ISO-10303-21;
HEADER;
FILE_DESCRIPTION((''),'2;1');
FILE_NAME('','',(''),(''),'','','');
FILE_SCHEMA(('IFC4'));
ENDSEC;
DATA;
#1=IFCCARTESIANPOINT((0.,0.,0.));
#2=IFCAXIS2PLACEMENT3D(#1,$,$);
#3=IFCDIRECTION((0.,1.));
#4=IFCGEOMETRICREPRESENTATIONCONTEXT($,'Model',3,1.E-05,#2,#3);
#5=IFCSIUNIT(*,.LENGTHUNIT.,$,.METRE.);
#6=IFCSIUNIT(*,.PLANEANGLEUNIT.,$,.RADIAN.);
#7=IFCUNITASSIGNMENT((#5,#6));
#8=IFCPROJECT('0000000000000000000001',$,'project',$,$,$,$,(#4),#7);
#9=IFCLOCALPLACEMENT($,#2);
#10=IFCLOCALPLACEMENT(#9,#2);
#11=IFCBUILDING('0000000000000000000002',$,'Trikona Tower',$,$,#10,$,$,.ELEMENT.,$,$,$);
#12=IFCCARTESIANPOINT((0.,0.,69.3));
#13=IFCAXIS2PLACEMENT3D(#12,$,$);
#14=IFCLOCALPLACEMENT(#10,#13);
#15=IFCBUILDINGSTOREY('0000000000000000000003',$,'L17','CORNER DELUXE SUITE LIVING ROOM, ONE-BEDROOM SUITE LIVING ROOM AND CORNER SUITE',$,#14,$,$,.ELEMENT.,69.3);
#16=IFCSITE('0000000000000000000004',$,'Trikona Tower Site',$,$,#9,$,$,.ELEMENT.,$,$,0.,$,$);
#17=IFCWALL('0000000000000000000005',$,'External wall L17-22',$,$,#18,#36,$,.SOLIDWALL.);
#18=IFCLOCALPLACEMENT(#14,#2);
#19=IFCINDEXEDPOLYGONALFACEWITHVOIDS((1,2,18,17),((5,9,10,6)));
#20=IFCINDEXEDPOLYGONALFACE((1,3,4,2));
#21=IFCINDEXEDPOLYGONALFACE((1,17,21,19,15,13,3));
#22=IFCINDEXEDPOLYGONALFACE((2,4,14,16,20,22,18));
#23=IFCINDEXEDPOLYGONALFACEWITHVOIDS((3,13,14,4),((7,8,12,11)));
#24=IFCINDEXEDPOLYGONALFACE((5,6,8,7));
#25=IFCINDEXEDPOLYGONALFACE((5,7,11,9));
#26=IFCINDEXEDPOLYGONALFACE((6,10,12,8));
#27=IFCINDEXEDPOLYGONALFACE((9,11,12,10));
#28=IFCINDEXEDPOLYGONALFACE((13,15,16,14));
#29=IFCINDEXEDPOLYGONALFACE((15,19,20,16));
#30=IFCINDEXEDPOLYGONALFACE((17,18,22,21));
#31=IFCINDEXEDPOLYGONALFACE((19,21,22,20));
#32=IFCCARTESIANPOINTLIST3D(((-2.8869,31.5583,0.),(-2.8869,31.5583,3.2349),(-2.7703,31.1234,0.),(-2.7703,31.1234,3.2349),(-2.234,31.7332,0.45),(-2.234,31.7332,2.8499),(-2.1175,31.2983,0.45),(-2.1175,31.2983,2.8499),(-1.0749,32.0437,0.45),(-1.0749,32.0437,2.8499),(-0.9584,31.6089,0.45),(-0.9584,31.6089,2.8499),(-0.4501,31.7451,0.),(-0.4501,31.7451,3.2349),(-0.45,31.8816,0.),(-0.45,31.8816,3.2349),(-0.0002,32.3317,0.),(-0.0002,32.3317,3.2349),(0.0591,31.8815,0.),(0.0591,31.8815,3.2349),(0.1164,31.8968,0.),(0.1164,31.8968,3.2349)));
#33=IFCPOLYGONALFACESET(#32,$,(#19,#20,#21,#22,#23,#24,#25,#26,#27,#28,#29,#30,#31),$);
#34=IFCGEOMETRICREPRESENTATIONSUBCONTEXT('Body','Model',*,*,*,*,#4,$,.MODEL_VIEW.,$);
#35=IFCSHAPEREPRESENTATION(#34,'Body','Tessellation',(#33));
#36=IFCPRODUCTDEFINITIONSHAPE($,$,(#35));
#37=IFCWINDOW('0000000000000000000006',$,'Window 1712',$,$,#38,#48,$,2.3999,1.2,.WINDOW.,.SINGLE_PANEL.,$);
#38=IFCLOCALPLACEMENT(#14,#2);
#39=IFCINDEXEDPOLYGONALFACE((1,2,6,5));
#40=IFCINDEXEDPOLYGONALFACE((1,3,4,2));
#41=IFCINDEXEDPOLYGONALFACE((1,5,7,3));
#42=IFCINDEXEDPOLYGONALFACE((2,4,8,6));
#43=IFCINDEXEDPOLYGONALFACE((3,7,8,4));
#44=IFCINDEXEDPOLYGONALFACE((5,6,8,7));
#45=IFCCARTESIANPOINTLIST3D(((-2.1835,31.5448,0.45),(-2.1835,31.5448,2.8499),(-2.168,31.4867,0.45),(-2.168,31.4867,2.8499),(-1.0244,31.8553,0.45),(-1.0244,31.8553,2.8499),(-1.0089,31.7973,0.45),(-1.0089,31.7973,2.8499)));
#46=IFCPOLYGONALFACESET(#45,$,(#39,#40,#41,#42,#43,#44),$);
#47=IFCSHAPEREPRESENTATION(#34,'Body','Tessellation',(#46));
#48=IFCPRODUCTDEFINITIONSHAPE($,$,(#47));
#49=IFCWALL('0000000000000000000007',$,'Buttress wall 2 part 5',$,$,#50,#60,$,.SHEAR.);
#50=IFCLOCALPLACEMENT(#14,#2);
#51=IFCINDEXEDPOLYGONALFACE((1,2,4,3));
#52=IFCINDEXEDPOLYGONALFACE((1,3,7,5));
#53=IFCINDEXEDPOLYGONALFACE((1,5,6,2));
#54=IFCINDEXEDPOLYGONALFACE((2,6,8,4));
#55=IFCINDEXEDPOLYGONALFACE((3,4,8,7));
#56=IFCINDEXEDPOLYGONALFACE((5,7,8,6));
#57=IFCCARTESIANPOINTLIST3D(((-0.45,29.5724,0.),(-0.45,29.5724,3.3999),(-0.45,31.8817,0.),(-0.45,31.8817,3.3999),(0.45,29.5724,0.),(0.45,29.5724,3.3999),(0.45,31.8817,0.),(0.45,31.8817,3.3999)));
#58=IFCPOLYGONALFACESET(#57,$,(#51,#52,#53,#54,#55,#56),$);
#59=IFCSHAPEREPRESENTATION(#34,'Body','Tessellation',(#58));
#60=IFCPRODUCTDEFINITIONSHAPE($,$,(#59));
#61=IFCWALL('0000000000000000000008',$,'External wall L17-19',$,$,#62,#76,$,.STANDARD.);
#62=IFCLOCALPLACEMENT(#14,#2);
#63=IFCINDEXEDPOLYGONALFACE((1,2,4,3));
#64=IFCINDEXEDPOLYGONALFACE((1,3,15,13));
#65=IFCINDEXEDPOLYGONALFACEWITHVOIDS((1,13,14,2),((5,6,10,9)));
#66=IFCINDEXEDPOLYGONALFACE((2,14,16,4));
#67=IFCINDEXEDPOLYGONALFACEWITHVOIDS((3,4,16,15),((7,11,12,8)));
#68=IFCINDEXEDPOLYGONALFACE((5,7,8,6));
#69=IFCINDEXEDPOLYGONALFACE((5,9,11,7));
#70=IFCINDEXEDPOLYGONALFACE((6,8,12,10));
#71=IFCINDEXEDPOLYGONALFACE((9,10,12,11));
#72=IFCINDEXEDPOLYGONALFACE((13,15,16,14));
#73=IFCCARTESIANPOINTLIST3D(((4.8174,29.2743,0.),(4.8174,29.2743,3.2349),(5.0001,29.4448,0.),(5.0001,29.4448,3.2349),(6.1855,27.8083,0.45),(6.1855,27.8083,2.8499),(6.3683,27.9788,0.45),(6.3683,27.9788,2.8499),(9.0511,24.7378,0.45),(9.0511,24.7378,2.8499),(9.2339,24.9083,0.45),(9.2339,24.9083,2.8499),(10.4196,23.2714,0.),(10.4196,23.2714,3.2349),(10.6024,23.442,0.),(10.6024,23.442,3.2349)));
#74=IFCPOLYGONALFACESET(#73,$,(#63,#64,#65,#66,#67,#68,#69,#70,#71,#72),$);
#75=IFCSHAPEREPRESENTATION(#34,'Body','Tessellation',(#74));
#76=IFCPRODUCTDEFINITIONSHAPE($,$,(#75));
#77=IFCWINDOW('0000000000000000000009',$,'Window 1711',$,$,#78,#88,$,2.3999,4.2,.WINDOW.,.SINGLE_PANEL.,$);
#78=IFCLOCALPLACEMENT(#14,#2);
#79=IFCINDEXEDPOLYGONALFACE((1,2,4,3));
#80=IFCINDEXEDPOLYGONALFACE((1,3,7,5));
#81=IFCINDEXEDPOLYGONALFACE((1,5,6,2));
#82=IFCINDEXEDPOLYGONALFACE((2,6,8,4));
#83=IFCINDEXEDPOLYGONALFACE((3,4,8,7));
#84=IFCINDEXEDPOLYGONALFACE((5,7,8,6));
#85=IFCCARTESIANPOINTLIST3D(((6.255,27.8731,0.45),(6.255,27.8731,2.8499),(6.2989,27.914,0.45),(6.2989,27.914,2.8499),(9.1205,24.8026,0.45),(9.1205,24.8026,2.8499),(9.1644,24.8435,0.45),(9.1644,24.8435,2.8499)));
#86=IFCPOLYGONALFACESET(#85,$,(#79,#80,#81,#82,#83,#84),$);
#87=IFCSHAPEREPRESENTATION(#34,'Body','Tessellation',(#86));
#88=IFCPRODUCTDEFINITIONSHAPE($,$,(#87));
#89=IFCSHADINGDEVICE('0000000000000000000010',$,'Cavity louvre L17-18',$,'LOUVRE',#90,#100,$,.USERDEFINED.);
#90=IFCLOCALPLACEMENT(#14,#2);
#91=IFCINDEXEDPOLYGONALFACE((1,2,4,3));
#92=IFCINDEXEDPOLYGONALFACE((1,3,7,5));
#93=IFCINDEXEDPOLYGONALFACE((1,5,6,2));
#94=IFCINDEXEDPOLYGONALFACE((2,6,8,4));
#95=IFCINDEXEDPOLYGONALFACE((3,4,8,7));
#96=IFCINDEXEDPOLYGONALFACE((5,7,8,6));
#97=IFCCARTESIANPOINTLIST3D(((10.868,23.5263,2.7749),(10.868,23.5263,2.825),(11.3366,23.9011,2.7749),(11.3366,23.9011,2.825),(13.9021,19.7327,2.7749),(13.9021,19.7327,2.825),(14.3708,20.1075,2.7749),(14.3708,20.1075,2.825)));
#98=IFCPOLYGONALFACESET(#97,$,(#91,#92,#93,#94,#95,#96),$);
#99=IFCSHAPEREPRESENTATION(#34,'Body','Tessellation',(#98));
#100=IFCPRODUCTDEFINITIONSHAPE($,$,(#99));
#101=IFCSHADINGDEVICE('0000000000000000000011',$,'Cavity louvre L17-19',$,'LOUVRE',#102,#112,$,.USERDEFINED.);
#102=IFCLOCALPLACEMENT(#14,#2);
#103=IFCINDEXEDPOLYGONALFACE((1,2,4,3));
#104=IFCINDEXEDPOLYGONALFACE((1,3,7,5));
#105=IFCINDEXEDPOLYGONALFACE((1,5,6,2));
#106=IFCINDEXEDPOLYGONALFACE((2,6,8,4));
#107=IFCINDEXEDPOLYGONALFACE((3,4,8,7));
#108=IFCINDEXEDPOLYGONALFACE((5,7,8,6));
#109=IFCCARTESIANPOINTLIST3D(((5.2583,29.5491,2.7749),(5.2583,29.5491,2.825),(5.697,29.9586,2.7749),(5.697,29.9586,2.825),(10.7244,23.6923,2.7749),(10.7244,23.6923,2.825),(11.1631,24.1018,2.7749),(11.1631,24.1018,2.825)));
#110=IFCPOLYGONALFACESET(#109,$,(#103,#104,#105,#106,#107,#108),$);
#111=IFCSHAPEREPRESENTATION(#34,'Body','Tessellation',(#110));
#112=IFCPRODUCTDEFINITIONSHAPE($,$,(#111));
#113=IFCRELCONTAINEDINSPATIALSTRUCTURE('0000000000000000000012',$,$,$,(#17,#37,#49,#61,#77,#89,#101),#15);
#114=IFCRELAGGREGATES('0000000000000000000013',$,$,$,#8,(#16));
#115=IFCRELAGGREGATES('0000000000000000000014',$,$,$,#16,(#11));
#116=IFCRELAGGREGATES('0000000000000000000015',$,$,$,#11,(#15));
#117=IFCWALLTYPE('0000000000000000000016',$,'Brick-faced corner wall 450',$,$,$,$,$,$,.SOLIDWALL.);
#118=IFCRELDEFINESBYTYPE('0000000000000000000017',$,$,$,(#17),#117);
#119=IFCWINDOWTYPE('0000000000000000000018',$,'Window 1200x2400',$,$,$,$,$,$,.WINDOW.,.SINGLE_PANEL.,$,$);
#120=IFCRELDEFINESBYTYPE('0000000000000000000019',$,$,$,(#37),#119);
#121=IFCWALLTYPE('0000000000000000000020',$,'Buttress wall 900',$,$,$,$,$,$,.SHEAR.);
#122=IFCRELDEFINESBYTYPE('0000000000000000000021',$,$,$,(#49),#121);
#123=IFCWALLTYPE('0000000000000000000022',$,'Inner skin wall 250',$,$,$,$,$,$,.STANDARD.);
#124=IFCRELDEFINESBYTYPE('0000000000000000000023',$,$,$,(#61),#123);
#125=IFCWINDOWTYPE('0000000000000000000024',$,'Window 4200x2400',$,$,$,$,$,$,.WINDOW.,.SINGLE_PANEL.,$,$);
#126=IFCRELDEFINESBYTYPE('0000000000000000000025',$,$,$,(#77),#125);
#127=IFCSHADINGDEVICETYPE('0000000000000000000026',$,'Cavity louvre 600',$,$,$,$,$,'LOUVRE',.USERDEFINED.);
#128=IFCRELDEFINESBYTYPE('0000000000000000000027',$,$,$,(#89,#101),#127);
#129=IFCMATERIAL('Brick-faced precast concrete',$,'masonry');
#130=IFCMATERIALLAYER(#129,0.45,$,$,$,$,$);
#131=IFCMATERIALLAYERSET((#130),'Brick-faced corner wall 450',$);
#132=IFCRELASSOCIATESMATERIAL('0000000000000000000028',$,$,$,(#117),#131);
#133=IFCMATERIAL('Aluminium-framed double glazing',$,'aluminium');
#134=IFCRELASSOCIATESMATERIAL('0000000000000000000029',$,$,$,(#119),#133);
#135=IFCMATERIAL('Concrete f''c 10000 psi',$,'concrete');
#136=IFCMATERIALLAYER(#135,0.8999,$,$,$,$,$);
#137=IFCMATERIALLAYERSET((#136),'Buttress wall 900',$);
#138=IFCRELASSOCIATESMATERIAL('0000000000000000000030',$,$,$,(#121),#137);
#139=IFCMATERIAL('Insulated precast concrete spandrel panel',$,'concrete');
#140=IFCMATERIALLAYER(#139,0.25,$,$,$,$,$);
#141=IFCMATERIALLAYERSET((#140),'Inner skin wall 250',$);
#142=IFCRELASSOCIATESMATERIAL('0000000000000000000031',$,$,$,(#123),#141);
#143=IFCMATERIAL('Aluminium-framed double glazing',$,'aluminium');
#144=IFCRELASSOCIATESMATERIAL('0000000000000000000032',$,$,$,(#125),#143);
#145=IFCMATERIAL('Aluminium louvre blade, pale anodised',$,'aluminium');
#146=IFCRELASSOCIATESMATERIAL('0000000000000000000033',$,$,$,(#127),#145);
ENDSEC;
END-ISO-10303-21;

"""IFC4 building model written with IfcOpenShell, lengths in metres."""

from ifc_helpers import new_model, si_unit, direction, frame, frame_2d, origin, origin_2d, place, context, subcontext, project, spatial, polyline, rectangle, outline, extrude, material, layer, layer_set, type_object, element, fill, save


model = new_model("IFC4")

# Units and contexts
model_context = context("Model", 3, precision=1e-05, world=origin(), true_north=direction((0.0, 1.0)))
body_context = subcontext(model_context, "Body", "Model", "MODEL_VIEW")
ifc_project = project(units=[si_unit("LENGTHUNIT", "METRE"), si_unit("PLANEANGLEUNIT", "RADIAN")], contexts=[model_context])

# Site, building, storey
site_placement = place(None, origin())
site = spatial("IfcSite", under=ifc_project, at=site_placement, Name="Trikona Tower Site", CompositionType="ELEMENT", RefElevation=0.0)
building_placement = place(site_placement, origin())
building = spatial("IfcBuilding", under=site, at=building_placement, Name="Trikona Tower", CompositionType="ELEMENT")
storey_placement = place(building_placement, frame((0.0, 0.0, 69.3)))
storey = spatial("IfcBuildingStorey", under=building, at=storey_placement, Name="L17", Description="CORNER DELUXE SUITE LIVING ROOM, ONE-BEDROOM SUITE LIVING ROOM AND CORNER SUITE", CompositionType="ELEMENT", Elevation=69.3)

# Wall, opening, window
ifc_material_1 = material(Name="Brick-faced precast concrete", Category="masonry")
ifc_layer_1 = layer(ifc_material_1, 0.45)
ifc_layer_set_1 = layer_set([ifc_layer_1], Name="Brick-faced corner wall 450")
wall_type_1 = type_object("IfcWallType", Name="Brick-faced corner wall 450", PredefinedType="SOLIDWALL", material=ifc_layer_set_1)
ifc_material_2 = material(Name="Aluminium-framed double glazing", Category="aluminium")
window_type_1 = type_object("IfcWindowType", Name="Window 1200x2400", PartitioningType="SINGLE_PANEL", PredefinedType="WINDOW", material=ifc_material_2)
wall_1_placement = place(storey_placement, frame((0.0581, 32.1143, 0.0), z_axis=(0.0, 0.0, 1.0), x_axis=(-0.965931, -0.258801, 0.0)))
wall_1 = element("IfcWall", 1, at=wall_1_placement, inside=storey, type_object=wall_type_1, Name="External wall L17-22", PredefinedType="SOLIDWALL", context=body_context, shape_type="SweptSolid", body=[
    extrude(outline(polyline([(2.9885, 0.2251), (0.5864, 0.2251), (0.551, 0.0933), (0.0593, 0.2251), (0.0, 0.2251), (0.0, -0.2251), (2.9885, -0.2251), (2.9885, 0.2251)])), origin(), (0.0, 0.0, 1.0), 3.2349),
])
opening_1_placement = place(wall_1_placement, frame((1.1125, 0.0, 0.45)))
opening_1 = element("IfcOpeningElement", 2, at=opening_1_placement, cuts=wall_1, PredefinedType="OPENING", context=body_context, shape_type="SweptSolid", body=[
    extrude(rectangle(XDim=1.2, YDim=2.3999, at=frame_2d((0.6001, 1.2))), frame((0.0, 0.2349, 0.0), z_axis=(0.0, -1.0, 0.0), x_axis=(1.0, 0.0, 0.0)), (0.0, 0.0, 1.0), 0.47),
])
window_1_placement = place(opening_1_placement, origin())
window_1 = element("IfcWindow", 3, at=window_1_placement, inside=storey, type_object=window_type_1, Name="Window 1712", OverallHeight=2.3999, OverallWidth=1.2, PartitioningType="SINGLE_PANEL", PredefinedType="WINDOW", context=body_context, shape_type="SweptSolid", body=[
    extrude(rectangle(XDim=1.2, YDim=2.3999, at=frame_2d((0.6001, 1.2))), frame((0.0, 0.03, 0.0), z_axis=(0.0, -1.0, 0.0), x_axis=(1.0, 0.0, 0.0)), (0.0, 0.0, 1.0), 0.0601),
])
fill(opening_1, window_1)

# Wall
ifc_material_3 = material(Name="Concrete f'c 10000 psi", Category="concrete")
ifc_layer_2 = layer(ifc_material_3, 0.8999)
ifc_layer_set_2 = layer_set([ifc_layer_2], Name="Buttress wall 900")
wall_type_2 = type_object("IfcWallType", Name="Buttress wall 900", PredefinedType="SHEAR", material=ifc_layer_set_2)
wall_2_placement = place(storey_placement, frame((0.0, 29.5723, 0.0), z_axis=(0.0, 0.0, 1.0), x_axis=(0.0, 1.0, 0.0)))
element("IfcWall", 4, at=wall_2_placement, inside=storey, type_object=wall_type_2, Name="Buttress wall 2 part 5", PredefinedType="SHEAR", context=body_context, shape_type="SweptSolid", body=[
    extrude(rectangle(XDim=2.3093, YDim=0.8999, at=frame_2d((1.1548, 0.0))), origin(), (0.0, 0.0, 1.0), 3.3999),
])

# Wall, opening, window
ifc_material_4 = material(Name="Insulated precast concrete spandrel panel", Category="concrete")
ifc_layer_3 = layer(ifc_material_4, 0.25)
ifc_layer_set_3 = layer_set([ifc_layer_3], Name="Inner skin wall 250")
wall_type_3 = type_object("IfcWallType", Name="Inner skin wall 250", PredefinedType="STANDARD", material=ifc_layer_set_3)
wall_3_placement = place(storey_placement, frame((10.511, 23.3567, 0.0), z_axis=(0.0, 0.0, 1.0), x_axis=(-0.68229, 0.731082, 0.0)))
wall_3 = element("IfcWall", 5, at=wall_3_placement, inside=storey, type_object=wall_type_3, Name="External wall L17-19", PredefinedType="STANDARD", context=body_context, shape_type="SweptSolid", body=[
    extrude(rectangle(XDim=8.2109, YDim=0.25, at=frame_2d((4.1055, 0.0))), origin(), (0.0, 0.0, 1.0), 3.2349),
])
opening_2_placement = place(wall_3_placement, frame((2.0056, 0.0, 0.45)))
opening_2 = element("IfcOpeningElement", 6, at=opening_2_placement, cuts=wall_3, PredefinedType="OPENING", context=body_context, shape_type="SweptSolid", body=[
    extrude(rectangle(XDim=4.2, YDim=2.3999, at=frame_2d((2.1001, 1.2))), frame((0.0, 0.135, 0.0), z_axis=(0.0, -1.0, 0.0), x_axis=(1.0, 0.0, 0.0)), (0.0, 0.0, 1.0), 0.27),
])
ifc_material_5 = material(Name="Aluminium-framed double glazing", Category="aluminium")
window_type_2 = type_object("IfcWindowType", Name="Window 4200x2400", PartitioningType="SINGLE_PANEL", PredefinedType="WINDOW", material=ifc_material_5)
window_2_placement = place(opening_2_placement, origin())
window_2 = element("IfcWindow", 7, at=window_2_placement, inside=storey, type_object=window_type_2, Name="Window 1711", OverallHeight=2.3999, OverallWidth=4.2, PartitioningType="SINGLE_PANEL", PredefinedType="WINDOW", context=body_context, shape_type="SweptSolid", body=[
    extrude(rectangle(XDim=4.2, YDim=2.3999, at=frame_2d((2.1001, 1.2))), frame((0.0, 0.03, 0.0), z_axis=(0.0, -1.0, 0.0), x_axis=(1.0, 0.0, 0.0)), (0.0, 0.0, 1.0), 0.0601),
])
fill(opening_2, window_2)

# Shading devices
ifc_material_6 = material(Name="Aluminium louvre blade, pale anodised", Category="aluminium")
shading_device_type = type_object("IfcShadingDeviceType", Name="Cavity louvre 600", ElementType="LOUVRE", PredefinedType="USERDEFINED", material=ifc_material_6)
shading_device_1_placement = place(storey_placement, frame((12.6194, 21.8169, 2.7749), z_axis=(0.0, 0.0, 1.0), x_axis=(-0.624604, 0.780942, 0.0)))
element("IfcShadingDevice", 8, at=shading_device_1_placement, inside=storey, type_object=shading_device_type, Name="Cavity louvre L17-18", ObjectType="LOUVRE", PredefinedType="USERDEFINED", context=body_context, shape_type="SweptSolid", body=[
    extrude(rectangle(XDim=4.8577, YDim=0.6001, at=origin_2d()), origin(), (0.0, 0.0, 1.0), 0.05),
])
shading_device_2_placement = place(storey_placement, frame((8.2107, 26.8254, 2.7749), z_axis=(0.0, 0.0, 1.0), x_axis=(-0.682298, 0.731074, 0.0)))
element("IfcShadingDevice", 9, at=shading_device_2_placement, inside=storey, type_object=shading_device_type, Name="Cavity louvre L17-19", ObjectType="LOUVRE", PredefinedType="USERDEFINED", context=body_context, shape_type="SweptSolid", body=[
    extrude(rectangle(XDim=8.0112, YDim=0.6001, at=origin_2d()), origin(), (0.0, 0.0, 1.0), 0.05),
])

save(model, "model.ifc")
